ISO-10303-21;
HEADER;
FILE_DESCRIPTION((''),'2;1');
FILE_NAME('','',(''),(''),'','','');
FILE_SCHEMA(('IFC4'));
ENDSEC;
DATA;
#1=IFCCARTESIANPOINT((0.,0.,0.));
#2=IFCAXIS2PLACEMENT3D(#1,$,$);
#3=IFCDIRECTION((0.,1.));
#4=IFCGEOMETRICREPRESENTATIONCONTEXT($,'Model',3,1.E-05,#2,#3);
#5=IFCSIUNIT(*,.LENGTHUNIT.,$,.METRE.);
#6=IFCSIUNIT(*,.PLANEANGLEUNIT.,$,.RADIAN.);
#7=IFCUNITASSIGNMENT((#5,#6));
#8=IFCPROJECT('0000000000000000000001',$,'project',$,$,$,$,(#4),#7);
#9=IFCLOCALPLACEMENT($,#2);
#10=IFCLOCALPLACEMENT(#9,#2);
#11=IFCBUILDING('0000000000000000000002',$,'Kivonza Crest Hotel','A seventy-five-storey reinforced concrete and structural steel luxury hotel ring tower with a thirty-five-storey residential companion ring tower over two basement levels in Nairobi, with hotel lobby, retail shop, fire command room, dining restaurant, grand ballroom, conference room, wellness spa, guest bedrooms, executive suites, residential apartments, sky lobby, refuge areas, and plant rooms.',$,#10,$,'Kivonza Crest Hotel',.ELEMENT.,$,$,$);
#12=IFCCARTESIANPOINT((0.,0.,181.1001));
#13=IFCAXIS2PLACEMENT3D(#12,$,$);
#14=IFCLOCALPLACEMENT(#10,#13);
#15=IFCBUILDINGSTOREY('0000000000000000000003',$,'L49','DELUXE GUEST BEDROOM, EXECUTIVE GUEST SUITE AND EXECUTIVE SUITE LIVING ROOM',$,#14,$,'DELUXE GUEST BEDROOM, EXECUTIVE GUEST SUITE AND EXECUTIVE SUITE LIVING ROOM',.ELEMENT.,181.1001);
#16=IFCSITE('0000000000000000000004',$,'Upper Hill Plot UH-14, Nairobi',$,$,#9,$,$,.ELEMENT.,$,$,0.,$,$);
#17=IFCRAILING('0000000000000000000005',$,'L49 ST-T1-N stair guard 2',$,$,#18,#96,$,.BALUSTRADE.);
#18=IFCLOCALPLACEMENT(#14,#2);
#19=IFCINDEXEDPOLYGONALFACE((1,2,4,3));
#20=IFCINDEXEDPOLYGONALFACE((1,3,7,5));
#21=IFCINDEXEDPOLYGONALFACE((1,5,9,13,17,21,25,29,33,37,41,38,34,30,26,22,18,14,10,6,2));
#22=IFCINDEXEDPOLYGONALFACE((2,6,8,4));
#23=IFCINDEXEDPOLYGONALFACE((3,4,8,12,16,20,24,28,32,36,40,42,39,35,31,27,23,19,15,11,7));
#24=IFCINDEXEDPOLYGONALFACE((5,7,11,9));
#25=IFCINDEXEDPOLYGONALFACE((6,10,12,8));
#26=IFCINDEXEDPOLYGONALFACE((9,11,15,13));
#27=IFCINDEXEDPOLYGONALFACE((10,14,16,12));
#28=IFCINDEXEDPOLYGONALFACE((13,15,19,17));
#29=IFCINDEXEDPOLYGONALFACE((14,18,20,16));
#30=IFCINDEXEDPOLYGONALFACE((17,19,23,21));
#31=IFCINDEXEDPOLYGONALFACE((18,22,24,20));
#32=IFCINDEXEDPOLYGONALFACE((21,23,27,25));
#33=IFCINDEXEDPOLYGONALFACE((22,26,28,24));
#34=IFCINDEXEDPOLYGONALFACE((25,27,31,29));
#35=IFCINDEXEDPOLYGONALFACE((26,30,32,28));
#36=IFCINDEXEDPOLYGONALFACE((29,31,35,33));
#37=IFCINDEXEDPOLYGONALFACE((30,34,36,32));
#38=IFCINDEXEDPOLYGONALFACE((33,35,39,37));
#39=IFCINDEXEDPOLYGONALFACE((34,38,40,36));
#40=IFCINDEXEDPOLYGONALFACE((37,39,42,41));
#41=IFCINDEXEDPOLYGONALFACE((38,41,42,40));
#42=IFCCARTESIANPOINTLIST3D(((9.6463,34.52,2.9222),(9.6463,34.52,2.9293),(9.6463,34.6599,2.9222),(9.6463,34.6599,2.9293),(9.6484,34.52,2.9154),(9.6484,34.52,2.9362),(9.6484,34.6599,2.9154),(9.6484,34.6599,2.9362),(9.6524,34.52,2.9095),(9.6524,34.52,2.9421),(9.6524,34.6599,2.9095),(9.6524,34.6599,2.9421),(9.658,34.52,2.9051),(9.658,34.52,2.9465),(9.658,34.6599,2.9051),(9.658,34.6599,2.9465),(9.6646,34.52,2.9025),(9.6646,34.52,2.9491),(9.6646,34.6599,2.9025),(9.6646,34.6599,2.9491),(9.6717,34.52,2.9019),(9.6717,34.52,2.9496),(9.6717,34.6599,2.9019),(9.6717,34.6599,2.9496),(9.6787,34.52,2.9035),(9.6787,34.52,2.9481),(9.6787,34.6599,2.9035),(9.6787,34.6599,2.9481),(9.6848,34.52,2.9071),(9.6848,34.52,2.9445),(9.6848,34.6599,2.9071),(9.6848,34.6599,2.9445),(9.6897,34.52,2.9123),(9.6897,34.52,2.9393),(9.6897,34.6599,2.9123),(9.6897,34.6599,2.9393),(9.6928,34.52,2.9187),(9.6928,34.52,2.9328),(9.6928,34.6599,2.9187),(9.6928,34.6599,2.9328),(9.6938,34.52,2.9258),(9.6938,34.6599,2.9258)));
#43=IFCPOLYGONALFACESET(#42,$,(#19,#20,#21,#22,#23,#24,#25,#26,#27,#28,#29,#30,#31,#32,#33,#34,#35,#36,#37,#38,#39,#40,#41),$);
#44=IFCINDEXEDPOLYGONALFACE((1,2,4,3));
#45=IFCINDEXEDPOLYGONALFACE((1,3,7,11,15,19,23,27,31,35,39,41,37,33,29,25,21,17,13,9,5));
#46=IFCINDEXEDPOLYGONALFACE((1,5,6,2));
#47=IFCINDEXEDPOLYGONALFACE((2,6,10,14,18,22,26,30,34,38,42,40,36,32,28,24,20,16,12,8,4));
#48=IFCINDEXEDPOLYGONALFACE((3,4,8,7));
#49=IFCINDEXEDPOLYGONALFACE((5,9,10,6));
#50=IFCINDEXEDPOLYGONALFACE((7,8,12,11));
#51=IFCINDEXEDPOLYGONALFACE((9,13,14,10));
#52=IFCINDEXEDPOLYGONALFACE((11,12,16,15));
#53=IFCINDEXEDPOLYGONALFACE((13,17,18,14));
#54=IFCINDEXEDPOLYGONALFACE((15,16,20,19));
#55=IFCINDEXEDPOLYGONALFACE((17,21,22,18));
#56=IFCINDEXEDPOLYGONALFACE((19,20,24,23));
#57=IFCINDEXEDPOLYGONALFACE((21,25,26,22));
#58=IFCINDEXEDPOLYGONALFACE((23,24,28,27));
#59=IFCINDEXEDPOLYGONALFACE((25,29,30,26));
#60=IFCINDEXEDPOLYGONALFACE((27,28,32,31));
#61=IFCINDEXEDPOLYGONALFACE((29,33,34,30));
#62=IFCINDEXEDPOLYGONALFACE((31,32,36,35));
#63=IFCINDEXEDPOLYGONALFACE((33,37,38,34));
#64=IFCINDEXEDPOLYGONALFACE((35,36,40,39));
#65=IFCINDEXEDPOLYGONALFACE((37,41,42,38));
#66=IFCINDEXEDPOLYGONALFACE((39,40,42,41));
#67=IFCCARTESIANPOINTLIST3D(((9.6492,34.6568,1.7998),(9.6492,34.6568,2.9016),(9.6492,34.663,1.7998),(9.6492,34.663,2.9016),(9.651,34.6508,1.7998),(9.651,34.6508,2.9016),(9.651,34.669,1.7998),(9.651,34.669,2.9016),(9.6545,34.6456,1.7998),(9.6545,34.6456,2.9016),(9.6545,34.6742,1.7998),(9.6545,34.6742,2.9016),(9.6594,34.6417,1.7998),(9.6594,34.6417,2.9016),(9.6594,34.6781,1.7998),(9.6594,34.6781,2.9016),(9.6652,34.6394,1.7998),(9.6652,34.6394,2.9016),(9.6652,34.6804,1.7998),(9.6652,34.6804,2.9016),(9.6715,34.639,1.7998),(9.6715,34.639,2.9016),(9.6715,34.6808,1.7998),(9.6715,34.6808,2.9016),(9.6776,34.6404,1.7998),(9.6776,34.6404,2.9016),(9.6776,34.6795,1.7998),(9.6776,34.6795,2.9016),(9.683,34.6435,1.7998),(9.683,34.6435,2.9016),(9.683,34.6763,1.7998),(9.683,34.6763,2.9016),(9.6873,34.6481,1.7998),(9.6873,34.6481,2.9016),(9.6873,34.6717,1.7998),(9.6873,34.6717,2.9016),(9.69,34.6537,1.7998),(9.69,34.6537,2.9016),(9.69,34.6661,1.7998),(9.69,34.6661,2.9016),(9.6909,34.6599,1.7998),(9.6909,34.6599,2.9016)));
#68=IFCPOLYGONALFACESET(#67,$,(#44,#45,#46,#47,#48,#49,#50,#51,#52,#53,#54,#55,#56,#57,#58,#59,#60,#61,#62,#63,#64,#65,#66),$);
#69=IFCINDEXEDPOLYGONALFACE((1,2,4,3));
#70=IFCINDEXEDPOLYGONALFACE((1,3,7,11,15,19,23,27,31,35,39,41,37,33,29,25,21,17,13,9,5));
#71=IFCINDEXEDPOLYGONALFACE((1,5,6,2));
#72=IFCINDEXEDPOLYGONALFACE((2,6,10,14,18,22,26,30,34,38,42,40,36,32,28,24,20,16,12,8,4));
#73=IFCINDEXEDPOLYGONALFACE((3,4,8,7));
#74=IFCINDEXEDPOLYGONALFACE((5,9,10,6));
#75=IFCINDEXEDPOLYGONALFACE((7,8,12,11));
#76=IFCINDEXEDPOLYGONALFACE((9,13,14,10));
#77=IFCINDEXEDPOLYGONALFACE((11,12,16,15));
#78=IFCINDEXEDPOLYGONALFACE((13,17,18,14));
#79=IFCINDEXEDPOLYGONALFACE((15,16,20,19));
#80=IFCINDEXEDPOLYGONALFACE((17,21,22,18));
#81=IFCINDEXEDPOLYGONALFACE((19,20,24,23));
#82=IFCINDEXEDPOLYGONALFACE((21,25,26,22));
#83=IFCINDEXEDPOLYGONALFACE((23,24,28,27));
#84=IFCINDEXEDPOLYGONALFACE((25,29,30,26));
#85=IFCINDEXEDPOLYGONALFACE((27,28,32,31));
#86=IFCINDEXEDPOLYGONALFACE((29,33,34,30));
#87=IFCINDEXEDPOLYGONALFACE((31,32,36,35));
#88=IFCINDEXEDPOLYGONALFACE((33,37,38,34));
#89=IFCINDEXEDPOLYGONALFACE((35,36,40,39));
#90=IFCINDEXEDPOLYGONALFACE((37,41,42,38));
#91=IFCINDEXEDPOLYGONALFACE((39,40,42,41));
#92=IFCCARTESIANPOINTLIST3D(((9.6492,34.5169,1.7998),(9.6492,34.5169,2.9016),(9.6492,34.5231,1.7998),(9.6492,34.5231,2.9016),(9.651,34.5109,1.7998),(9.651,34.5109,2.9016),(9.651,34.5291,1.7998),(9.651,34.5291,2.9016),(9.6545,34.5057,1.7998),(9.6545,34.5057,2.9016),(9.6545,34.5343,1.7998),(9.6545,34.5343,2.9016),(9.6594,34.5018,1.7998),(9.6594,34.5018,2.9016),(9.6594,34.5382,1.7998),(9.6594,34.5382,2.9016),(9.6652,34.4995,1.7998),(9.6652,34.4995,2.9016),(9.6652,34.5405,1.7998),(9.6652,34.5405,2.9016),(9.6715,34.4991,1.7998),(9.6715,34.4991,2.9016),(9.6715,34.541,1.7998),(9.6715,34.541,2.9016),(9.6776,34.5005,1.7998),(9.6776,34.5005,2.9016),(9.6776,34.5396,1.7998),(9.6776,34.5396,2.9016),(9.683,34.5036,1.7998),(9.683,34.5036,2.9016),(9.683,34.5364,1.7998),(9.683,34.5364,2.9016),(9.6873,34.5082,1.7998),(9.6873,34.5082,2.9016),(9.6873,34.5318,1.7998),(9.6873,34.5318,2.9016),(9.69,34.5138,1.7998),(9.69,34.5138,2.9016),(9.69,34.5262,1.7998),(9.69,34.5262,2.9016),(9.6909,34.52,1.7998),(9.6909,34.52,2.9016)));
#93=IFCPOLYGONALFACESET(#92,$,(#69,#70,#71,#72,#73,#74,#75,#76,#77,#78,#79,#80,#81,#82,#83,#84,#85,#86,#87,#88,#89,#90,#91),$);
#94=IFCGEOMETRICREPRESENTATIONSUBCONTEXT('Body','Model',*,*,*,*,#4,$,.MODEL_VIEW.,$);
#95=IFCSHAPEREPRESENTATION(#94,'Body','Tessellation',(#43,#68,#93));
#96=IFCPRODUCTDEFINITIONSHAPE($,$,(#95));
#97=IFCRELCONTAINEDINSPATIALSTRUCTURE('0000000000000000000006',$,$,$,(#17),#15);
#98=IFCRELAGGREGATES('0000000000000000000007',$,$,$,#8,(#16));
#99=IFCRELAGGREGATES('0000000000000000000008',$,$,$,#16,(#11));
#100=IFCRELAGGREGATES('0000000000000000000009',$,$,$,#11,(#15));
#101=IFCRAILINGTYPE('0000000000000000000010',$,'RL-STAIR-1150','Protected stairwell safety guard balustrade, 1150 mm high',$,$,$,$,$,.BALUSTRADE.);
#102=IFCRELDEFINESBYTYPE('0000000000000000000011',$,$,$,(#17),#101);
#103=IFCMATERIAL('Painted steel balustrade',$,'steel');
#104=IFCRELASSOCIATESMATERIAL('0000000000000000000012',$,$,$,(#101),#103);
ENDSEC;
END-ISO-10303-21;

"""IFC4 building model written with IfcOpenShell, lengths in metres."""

from ifc_helpers import new_model, si_unit, direction, frame, origin, origin_2d, place, context, subcontext, project, spatial, circle, extrude, material, type_object, element, save


model = new_model("IFC4")

# Units and contexts
model_context = context("Model", 3, precision=1e-05, world=origin(), true_north=direction((0.0, 1.0)))
body_context = subcontext(model_context, "Body", "Model", "MODEL_VIEW")
ifc_project = project(units=[si_unit("LENGTHUNIT", "METRE"), si_unit("PLANEANGLEUNIT", "RADIAN")], contexts=[model_context])

# Site, building, storey
site_placement = place(None, origin())
site = spatial("IfcSite", under=ifc_project, at=site_placement, Name="Upper Hill Plot UH-14, Nairobi", CompositionType="ELEMENT", RefElevation=0.0)
building_placement = place(site_placement, origin())
building = spatial("IfcBuilding", under=site, at=building_placement, Name="Kivonza Crest Hotel", Description="A seventy-five-storey reinforced concrete and structural steel luxury hotel ring tower with a thirty-five-storey residential companion ring tower over two basement levels in Nairobi, with hotel lobby, retail shop, fire command room, dining restaurant, grand ballroom, conference room, wellness spa, guest bedrooms, executive suites, residential apartments, sky lobby, refuge areas, and plant rooms.", LongName="Kivonza Crest Hotel", CompositionType="ELEMENT")
storey_placement = place(building_placement, frame((0.0, 0.0, 181.1001)))
storey = spatial("IfcBuildingStorey", under=building, at=storey_placement, Name="L49", Description="DELUXE GUEST BEDROOM, EXECUTIVE GUEST SUITE AND EXECUTIVE SUITE LIVING ROOM", LongName="DELUXE GUEST BEDROOM, EXECUTIVE GUEST SUITE AND EXECUTIVE SUITE LIVING ROOM", CompositionType="ELEMENT", Elevation=181.1001)

# Railing
ifc_material_1 = material(Name="Painted steel balustrade", Category="steel")
railing_type_1 = type_object("IfcRailingType", Name="RL-STAIR-1150", Description="Protected stairwell safety guard balustrade, 1150 mm high", PredefinedType="BALUSTRADE", material=ifc_material_1)
railing_1_placement = place(storey_placement, frame((9.6699, 34.6599, 1.7998)))
element("IfcRailing", 1, at=railing_1_placement, inside=storey, type_object=railing_type_1, Name="L49 ST-T1-N stair guard 2", PredefinedType="BALUSTRADE", context=body_context, shape_type="SweptSolid", body=[
    extrude(circle(Radius=0.0239, at=origin_2d()), frame((0.0, 0.0, 1.126), z_axis=(0.0, -1.0, 0.0), x_axis=(1.0, 0.0, 0.0)), (0.0, 0.0, 1.0), 0.1399),
    extrude(circle(Radius=0.021, at=origin_2d()), origin(), (0.0, 0.0, 1.0), 1.1018),
    extrude(circle(Radius=0.021, at=origin_2d()), frame((0.0, -0.1399, 0.0)), (0.0, 0.0, 1.0), 1.1018),
])

save(model, "model.ifc")
